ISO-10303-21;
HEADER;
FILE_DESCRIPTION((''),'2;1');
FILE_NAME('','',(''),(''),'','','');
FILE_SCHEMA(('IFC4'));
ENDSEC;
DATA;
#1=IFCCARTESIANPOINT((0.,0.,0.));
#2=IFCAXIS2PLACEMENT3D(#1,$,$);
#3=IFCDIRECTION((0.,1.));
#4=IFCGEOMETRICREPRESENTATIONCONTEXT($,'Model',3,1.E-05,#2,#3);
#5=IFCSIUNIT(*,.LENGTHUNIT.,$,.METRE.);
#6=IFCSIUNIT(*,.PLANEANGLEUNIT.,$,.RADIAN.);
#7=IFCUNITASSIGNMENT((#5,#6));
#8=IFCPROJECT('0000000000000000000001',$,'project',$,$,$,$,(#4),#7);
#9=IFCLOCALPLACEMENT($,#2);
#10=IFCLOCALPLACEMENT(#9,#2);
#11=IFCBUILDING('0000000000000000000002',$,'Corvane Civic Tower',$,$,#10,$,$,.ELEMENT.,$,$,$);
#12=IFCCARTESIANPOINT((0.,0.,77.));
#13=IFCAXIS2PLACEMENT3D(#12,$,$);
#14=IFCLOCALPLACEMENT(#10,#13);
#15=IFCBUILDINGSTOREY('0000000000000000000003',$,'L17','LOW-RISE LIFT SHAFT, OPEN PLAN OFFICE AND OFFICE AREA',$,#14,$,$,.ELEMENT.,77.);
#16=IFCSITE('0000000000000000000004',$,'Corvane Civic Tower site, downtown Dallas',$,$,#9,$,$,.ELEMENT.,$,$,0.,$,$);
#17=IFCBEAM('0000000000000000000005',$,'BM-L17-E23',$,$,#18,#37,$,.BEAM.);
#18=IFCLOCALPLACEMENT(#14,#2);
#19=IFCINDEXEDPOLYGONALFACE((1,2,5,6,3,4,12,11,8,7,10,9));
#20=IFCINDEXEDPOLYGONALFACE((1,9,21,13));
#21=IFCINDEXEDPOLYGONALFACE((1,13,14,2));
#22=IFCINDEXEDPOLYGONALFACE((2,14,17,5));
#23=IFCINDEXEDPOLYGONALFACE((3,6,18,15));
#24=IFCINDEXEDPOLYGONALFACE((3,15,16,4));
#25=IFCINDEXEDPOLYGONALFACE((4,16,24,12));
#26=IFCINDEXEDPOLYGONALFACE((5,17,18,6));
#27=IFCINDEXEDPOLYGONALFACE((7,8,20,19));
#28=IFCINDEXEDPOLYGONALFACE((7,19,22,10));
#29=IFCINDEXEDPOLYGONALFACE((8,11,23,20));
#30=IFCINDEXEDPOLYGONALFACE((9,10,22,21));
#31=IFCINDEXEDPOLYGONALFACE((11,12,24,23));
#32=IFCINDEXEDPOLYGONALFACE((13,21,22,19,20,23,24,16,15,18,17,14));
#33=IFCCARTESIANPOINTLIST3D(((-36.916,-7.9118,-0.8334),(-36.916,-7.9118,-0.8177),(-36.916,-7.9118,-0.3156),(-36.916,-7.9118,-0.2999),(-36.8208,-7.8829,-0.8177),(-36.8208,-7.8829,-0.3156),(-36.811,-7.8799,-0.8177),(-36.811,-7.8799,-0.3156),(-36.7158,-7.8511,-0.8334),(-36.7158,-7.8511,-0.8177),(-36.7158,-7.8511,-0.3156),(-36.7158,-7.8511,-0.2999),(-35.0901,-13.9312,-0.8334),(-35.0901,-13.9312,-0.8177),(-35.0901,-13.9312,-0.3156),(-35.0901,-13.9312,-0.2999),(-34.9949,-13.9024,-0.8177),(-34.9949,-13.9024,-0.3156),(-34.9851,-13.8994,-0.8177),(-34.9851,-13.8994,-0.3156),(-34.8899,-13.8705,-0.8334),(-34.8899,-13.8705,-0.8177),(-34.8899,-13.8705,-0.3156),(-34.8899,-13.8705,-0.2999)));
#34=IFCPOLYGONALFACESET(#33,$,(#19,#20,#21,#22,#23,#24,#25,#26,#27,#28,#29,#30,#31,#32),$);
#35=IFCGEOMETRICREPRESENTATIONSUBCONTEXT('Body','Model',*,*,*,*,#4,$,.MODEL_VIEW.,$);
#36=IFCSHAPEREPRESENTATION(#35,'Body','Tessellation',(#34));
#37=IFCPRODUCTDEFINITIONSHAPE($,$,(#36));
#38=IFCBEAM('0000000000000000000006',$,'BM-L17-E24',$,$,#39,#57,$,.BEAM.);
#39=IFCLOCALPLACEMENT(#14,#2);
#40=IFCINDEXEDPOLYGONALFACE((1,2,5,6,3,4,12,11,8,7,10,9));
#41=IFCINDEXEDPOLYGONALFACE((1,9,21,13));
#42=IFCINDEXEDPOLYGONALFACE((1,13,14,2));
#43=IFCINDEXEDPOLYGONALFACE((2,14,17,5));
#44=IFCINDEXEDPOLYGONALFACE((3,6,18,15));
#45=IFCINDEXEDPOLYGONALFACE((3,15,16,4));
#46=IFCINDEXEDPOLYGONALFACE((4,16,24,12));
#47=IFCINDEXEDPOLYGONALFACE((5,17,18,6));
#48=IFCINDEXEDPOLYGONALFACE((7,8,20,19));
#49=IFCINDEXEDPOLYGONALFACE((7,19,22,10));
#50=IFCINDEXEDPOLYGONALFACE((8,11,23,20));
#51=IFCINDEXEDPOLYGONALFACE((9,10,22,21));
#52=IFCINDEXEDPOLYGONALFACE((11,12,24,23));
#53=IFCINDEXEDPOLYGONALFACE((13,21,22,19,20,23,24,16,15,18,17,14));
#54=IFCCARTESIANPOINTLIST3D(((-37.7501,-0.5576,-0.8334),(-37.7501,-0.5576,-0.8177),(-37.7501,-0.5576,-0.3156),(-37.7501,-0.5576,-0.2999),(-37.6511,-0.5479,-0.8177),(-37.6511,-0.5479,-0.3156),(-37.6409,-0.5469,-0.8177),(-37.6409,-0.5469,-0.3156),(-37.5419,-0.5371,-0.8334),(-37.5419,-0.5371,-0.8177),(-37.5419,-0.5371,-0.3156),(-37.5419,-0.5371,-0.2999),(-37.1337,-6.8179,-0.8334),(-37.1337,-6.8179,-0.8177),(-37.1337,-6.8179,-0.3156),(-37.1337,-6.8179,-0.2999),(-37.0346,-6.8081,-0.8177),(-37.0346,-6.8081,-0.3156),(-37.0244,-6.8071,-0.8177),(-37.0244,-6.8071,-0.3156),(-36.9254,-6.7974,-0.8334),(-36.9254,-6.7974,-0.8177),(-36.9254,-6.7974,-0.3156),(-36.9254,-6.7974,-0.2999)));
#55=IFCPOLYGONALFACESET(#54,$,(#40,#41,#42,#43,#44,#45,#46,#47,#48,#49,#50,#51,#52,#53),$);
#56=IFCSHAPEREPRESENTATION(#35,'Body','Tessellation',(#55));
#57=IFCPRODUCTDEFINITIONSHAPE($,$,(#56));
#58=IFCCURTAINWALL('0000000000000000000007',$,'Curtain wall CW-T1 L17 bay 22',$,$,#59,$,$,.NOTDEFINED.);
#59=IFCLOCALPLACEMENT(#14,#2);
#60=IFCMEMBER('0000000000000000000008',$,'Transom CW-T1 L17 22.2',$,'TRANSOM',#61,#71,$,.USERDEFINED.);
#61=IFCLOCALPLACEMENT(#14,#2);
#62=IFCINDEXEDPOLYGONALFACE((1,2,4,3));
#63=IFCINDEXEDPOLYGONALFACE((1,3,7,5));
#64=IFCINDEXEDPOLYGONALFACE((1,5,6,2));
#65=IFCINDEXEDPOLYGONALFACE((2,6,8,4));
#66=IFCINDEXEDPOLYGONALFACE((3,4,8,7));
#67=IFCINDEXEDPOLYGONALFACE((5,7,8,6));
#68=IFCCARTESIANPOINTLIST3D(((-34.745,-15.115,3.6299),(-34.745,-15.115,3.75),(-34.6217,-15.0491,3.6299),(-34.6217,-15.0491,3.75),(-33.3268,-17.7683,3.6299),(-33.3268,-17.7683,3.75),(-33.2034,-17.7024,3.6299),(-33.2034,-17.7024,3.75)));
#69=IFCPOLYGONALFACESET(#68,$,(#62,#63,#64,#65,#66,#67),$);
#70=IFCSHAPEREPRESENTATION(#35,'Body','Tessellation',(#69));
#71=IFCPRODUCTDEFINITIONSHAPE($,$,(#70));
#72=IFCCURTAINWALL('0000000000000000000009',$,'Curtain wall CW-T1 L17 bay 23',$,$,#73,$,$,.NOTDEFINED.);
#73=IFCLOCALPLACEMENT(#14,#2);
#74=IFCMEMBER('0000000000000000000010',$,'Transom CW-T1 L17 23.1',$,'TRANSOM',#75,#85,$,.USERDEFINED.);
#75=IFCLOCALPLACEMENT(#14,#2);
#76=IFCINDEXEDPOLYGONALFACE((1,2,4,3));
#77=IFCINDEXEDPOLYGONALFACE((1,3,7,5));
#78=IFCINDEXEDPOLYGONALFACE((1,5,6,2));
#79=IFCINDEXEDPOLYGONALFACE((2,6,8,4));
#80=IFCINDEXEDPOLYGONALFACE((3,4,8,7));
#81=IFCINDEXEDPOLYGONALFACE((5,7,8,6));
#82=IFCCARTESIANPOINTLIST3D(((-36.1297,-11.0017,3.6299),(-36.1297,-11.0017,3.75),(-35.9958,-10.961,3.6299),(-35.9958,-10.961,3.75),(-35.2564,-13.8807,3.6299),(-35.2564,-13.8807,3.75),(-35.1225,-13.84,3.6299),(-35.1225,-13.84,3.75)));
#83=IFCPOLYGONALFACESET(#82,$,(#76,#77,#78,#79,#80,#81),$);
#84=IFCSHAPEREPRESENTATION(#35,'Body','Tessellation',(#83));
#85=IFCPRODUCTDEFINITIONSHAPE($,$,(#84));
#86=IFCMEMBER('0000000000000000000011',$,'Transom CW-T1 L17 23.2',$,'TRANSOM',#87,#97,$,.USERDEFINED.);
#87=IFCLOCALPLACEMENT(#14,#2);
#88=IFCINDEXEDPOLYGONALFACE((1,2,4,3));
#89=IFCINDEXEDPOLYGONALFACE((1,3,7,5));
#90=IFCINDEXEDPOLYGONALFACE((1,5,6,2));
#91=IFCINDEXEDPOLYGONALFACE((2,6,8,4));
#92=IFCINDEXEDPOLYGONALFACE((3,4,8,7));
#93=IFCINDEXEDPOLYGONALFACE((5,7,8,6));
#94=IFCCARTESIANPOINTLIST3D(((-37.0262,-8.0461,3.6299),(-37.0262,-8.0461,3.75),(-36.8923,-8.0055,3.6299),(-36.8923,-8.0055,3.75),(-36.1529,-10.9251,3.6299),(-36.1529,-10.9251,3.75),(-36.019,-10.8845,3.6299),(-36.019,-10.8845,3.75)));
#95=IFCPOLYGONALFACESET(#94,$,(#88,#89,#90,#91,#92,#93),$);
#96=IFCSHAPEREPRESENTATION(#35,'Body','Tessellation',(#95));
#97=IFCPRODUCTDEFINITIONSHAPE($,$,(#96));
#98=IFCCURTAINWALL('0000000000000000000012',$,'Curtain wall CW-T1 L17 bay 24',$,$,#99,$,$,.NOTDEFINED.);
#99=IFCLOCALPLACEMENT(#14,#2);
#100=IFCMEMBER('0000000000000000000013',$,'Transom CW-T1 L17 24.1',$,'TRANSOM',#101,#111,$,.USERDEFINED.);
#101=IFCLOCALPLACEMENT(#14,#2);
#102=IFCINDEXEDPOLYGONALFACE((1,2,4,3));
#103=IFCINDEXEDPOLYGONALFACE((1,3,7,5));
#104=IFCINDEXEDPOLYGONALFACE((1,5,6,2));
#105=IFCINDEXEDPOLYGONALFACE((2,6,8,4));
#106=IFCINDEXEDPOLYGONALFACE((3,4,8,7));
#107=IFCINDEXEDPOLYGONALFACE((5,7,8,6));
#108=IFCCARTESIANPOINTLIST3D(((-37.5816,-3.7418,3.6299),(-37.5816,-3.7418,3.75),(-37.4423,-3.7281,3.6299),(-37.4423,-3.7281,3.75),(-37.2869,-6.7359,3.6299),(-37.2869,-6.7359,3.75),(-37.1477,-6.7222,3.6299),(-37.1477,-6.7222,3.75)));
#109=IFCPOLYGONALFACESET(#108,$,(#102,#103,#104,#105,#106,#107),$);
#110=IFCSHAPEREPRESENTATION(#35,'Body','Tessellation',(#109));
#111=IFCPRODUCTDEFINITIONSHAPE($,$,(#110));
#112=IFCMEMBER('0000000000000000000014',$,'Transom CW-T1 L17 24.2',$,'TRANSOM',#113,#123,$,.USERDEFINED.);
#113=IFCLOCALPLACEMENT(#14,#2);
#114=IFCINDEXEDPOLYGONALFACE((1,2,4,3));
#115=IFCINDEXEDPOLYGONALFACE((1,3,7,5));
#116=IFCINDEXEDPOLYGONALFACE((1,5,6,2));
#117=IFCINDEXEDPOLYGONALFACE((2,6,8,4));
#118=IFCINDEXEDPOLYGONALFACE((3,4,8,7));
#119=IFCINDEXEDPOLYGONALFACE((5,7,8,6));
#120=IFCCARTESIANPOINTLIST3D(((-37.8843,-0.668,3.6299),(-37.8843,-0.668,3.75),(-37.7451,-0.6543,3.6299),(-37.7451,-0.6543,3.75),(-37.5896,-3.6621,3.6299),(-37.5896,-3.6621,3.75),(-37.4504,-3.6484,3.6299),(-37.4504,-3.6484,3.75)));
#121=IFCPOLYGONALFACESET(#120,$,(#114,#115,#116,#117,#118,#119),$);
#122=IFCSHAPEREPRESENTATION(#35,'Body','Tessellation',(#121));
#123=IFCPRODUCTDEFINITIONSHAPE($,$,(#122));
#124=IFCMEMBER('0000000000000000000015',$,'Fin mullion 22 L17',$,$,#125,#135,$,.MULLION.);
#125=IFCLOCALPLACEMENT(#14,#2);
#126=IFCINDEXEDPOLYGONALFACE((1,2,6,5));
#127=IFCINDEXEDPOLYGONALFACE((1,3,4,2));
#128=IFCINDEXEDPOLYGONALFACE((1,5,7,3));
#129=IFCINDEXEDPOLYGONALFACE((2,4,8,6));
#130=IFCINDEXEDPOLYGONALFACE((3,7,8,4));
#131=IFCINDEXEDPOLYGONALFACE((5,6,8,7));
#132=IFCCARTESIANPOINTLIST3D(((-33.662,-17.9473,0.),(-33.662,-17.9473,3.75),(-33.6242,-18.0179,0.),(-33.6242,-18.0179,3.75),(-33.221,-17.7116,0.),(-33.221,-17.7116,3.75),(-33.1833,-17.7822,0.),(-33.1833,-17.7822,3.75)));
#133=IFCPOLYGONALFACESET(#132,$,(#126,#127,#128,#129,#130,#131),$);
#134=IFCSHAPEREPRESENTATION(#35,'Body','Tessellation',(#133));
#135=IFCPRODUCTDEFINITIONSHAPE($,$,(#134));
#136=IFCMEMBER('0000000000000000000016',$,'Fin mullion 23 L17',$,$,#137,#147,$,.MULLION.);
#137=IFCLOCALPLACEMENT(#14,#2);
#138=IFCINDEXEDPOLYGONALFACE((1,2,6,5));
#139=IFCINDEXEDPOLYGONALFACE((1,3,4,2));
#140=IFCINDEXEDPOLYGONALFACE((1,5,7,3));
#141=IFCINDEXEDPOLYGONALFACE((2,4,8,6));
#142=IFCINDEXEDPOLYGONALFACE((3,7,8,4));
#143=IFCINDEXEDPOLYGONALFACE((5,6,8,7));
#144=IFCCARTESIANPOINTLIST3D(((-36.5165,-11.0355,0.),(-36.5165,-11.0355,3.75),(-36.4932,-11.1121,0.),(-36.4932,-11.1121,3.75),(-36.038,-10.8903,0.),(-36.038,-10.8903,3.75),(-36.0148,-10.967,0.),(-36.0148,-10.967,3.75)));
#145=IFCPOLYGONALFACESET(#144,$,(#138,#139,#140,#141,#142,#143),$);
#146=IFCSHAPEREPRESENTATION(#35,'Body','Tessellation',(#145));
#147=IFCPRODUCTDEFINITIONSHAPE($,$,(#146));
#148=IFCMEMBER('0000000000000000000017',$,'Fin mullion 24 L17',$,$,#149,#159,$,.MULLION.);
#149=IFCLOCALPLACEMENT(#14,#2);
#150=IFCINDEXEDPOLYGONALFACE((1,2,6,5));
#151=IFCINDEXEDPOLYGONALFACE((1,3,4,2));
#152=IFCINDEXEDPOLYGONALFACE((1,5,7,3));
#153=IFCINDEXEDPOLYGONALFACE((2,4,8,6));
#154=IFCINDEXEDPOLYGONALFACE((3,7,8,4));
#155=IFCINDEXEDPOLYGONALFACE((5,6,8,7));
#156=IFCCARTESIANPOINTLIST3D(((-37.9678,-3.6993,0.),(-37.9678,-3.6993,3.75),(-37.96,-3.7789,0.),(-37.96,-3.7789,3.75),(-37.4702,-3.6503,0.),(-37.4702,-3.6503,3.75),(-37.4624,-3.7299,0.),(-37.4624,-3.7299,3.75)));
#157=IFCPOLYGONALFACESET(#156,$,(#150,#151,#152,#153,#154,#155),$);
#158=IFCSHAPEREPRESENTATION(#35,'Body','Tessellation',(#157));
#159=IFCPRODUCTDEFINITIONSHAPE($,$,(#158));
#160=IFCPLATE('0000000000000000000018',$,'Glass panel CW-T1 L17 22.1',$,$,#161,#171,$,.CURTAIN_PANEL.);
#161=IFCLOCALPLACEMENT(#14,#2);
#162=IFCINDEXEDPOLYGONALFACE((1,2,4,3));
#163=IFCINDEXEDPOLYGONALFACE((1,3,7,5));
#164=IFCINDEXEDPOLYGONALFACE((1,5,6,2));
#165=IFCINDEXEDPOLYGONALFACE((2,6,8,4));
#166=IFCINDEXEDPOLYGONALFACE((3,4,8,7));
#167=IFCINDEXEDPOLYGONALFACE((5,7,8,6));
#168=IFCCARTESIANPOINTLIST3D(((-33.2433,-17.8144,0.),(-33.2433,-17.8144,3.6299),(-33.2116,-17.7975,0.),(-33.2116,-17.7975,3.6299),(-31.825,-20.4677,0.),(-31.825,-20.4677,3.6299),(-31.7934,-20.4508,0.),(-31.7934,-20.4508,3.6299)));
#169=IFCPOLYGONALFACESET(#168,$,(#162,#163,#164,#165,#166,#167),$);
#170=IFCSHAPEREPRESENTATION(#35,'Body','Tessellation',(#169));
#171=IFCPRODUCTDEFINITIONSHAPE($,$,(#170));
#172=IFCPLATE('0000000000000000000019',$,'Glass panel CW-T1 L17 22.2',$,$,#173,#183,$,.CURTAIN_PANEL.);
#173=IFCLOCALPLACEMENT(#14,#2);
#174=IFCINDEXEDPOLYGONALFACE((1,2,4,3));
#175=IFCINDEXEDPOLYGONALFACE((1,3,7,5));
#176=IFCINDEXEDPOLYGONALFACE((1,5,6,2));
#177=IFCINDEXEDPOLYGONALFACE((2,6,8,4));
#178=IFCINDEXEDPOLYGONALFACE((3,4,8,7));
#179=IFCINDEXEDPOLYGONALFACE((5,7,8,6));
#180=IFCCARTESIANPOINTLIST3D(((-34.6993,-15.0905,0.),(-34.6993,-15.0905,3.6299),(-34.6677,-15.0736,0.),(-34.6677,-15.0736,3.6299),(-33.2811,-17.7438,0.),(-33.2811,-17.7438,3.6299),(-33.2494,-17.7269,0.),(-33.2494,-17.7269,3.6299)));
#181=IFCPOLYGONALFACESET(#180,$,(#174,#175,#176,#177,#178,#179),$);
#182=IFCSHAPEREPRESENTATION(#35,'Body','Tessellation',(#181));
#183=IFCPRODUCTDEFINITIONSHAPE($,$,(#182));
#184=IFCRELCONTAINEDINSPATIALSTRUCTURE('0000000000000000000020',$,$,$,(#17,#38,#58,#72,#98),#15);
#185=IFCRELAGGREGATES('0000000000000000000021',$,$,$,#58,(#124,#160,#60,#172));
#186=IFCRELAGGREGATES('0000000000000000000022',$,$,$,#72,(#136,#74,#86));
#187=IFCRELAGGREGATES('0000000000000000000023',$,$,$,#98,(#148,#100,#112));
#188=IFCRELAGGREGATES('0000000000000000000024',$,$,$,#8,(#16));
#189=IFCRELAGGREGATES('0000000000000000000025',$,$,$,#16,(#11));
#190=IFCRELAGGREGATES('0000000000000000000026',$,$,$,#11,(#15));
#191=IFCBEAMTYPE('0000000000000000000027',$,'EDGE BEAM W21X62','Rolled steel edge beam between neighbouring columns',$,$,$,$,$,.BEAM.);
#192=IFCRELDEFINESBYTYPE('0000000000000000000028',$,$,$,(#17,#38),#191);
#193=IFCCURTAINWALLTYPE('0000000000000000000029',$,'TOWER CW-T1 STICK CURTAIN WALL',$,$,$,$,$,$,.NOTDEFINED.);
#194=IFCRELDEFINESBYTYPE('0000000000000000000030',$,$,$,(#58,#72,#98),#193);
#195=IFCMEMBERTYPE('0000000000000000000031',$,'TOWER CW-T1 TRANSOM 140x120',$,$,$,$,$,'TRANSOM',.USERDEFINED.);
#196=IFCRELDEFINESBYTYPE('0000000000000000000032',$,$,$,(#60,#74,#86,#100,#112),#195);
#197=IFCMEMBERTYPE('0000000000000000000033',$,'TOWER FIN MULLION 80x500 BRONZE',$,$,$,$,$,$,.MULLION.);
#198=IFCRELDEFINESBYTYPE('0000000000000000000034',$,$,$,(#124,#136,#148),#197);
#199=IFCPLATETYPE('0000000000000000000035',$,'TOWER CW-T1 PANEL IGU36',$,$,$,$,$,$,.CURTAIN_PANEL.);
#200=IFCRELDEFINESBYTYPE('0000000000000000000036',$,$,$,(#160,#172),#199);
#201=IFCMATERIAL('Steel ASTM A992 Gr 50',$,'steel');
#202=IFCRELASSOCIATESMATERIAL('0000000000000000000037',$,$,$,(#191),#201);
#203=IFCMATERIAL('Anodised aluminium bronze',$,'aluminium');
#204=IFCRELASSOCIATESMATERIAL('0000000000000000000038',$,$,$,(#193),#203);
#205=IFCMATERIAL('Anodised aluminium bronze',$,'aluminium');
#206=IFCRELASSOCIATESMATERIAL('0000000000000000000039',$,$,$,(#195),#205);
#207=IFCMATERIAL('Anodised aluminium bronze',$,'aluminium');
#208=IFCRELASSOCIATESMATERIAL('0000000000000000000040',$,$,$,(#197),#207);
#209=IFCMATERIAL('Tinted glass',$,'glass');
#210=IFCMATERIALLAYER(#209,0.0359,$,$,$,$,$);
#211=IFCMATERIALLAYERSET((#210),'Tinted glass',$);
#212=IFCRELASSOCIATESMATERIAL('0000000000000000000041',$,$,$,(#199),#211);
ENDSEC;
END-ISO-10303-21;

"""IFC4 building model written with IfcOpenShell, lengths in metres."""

from ifc_helpers import new_model, si_unit, direction, frame, origin, origin_2d, place, context, subcontext, project, spatial, rectangle, i_section, extrude, material, layer, layer_set, material_profile, profile_set, type_object, element, aggregate, save


model = new_model("IFC4")

# Units and contexts
model_context = context("Model", 3, precision=1e-05, world=origin(), true_north=direction((0.0, 1.0)))
body_context = subcontext(model_context, "Body", "Model", "MODEL_VIEW")
ifc_project = project(units=[si_unit("LENGTHUNIT", "METRE"), si_unit("PLANEANGLEUNIT", "RADIAN")], contexts=[model_context])

# Site, building, storey
site_placement = place(None, origin())
site = spatial("IfcSite", under=ifc_project, at=site_placement, Name="Corvane Civic Tower site, downtown Dallas", CompositionType="ELEMENT", RefElevation=0.0)
building_placement = place(site_placement, origin())
building = spatial("IfcBuilding", under=site, at=building_placement, Name="Corvane Civic Tower", CompositionType="ELEMENT")
storey_placement = place(building_placement, frame((0.0, 0.0, 77.0)))
storey = spatial("IfcBuildingStorey", under=building, at=storey_placement, Name="L17", Description="LOW-RISE LIFT SHAFT, OPEN PLAN OFFICE AND OFFICE AREA", CompositionType="ELEMENT", Elevation=77.0)

# Beams
ifc_material_1 = material(Name="Steel ASTM A992 Gr 50", Category="steel")
ifc_material_profile_1 = material_profile(ifc_material_1, i_section(OverallWidth=0.2092, OverallDepth=0.5334, WebThickness=0.0103, FlangeThickness=0.0156, at=origin_2d()), Name="W21X62")
ifc_profile_set_1 = profile_set([ifc_material_profile_1], Name="Steel ASTM A992 Gr 50")
beam_type = type_object("IfcBeamType", Name="EDGE BEAM W21X62", Description="Rolled steel edge beam between neighbouring columns", PredefinedType="BEAM", material=ifc_profile_set_1)
beam_1_placement = place(storey_placement, frame((-34.99, -13.9009, -0.5667), z_axis=(-0.290273, 0.956944, 0.0), x_axis=(-0.956944, -0.290273, 0.0)))
element("IfcBeam", 1, at=beam_1_placement, inside=storey, type_object=beam_type, Name="BM-L17-E23", PredefinedType="BEAM", context=body_context, shape_type="SweptSolid", body=[
    extrude(i_section(OverallWidth=0.2092, OverallDepth=0.5334, WebThickness=0.0103, FlangeThickness=0.0156, at=origin_2d()), origin(), (0.0, 0.0, 1.0), 6.2903),
])
beam_2_placement = place(storey_placement, frame((-37.0295, -6.8076, -0.5667), z_axis=(-0.097997, 0.995187, 0.0), x_axis=(-0.995187, -0.097997, 0.0)))
element("IfcBeam", 2, at=beam_2_placement, inside=storey, type_object=beam_type, Name="BM-L17-E24", PredefinedType="BEAM", context=body_context, shape_type="SweptSolid", body=[
    extrude(i_section(OverallWidth=0.2092, OverallDepth=0.5334, WebThickness=0.0103, FlangeThickness=0.0156, at=origin_2d()), origin(), (0.0, 0.0, 1.0), 6.2905),
])

# Curtain wall, member
ifc_material_2 = material(Name="Anodised aluminium bronze", Category="aluminium")
curtain_wall_type = type_object("IfcCurtainWallType", Name="TOWER CW-T1 STICK CURTAIN WALL", PredefinedType="NOTDEFINED", material=ifc_material_2)
curtain_wall_1_placement = place(storey_placement, origin())
curtain_wall_1 = element("IfcCurtainWall", 3, at=curtain_wall_1_placement, inside=storey, type_object=curtain_wall_type, Name="Curtain wall CW-T1 L17 bay 22", PredefinedType="NOTDEFINED")
ifc_material_3 = material(Name="Anodised aluminium bronze", Category="aluminium")
ifc_material_profile_2 = material_profile(ifc_material_3, rectangle(XDim=0.1399, YDim=0.1201, at=origin_2d()), Name="TOWER CW-T1 TRANSOM 140x120")
ifc_profile_set_2 = profile_set([ifc_material_profile_2], Name="Anodised aluminium bronze")
member_type_1 = type_object("IfcMemberType", Name="TOWER CW-T1 TRANSOM 140x120", ElementType="TRANSOM", PredefinedType="USERDEFINED", material=ifc_profile_set_2)
member_1_placement = place(storey_placement, frame((-33.2651, -17.7354, 3.6899), z_axis=(-0.471393, 0.881924, 0.0), x_axis=(-0.881924, -0.471393, 0.0)))
member_1 = element("IfcMember", 4, at=member_1_placement, type_object=member_type_1, Name="Transom CW-T1 L17 22.2", ObjectType="TRANSOM", PredefinedType="USERDEFINED", context=body_context, shape_type="SweptSolid", body=[
    extrude(rectangle(XDim=0.1399, YDim=0.1201, at=origin_2d()), origin(), (0.0, 0.0, 1.0), 3.0085),
])

# Curtain walls, members
curtain_wall_2_placement = place(storey_placement, origin())
curtain_wall_2 = element("IfcCurtainWall", 5, at=curtain_wall_2_placement, inside=storey, type_object=curtain_wall_type, Name="Curtain wall CW-T1 L17 bay 23", PredefinedType="NOTDEFINED")
member_2_placement = place(storey_placement, frame((-35.1895, -13.8604, 3.6899), z_axis=(-0.29028, 0.956942, 0.0), x_axis=(-0.956942, -0.29028, 0.0)))
member_2 = element("IfcMember", 6, at=member_2_placement, type_object=member_type_1, Name="Transom CW-T1 L17 23.1", ObjectType="TRANSOM", PredefinedType="USERDEFINED", context=body_context, shape_type="SweptSolid", body=[
    extrude(rectangle(XDim=0.1399, YDim=0.1201, at=origin_2d()), origin(), (0.0, 0.0, 1.0), 3.0085),
])
member_3_placement = place(storey_placement, frame((-36.0859, -10.9048, 3.6899), z_axis=(-0.29028, 0.956942, 0.0), x_axis=(-0.956942, -0.29028, 0.0)))
member_3 = element("IfcMember", 7, at=member_3_placement, type_object=member_type_1, Name="Transom CW-T1 L17 23.2", ObjectType="TRANSOM", PredefinedType="USERDEFINED", context=body_context, shape_type="SweptSolid", body=[
    extrude(rectangle(XDim=0.1399, YDim=0.1201, at=origin_2d()), origin(), (0.0, 0.0, 1.0), 3.0085),
])
curtain_wall_3_placement = place(storey_placement, origin())
curtain_wall_3 = element("IfcCurtainWall", 8, at=curtain_wall_3_placement, inside=storey, type_object=curtain_wall_type, Name="Curtain wall CW-T1 L17 bay 24", PredefinedType="NOTDEFINED")
member_4_placement = place(storey_placement, frame((-37.2173, -6.729, 3.6899), z_axis=(-0.097945, 0.995192, 0.0), x_axis=(-0.995192, -0.097945, 0.0)))
member_4 = element("IfcMember", 9, at=member_4_placement, type_object=member_type_1, Name="Transom CW-T1 L17 24.1", ObjectType="TRANSOM", PredefinedType="USERDEFINED", context=body_context, shape_type="SweptSolid", body=[
    extrude(rectangle(XDim=0.1399, YDim=0.1201, at=origin_2d()), origin(), (0.0, 0.0, 1.0), 3.0085),
])
member_5_placement = place(storey_placement, frame((-37.52, -3.6553, 3.6899), z_axis=(-0.097945, 0.995192, 0.0), x_axis=(-0.995192, -0.097945, 0.0)))
member_5 = element("IfcMember", 10, at=member_5_placement, type_object=member_type_1, Name="Transom CW-T1 L17 24.2", ObjectType="TRANSOM", PredefinedType="USERDEFINED", context=body_context, shape_type="SweptSolid", body=[
    extrude(rectangle(XDim=0.1399, YDim=0.1201, at=origin_2d()), origin(), (0.0, 0.0, 1.0), 3.0085),
])

# Members
ifc_material_4 = material(Name="Anodised aluminium bronze", Category="aluminium")
ifc_material_profile_3 = material_profile(ifc_material_4, rectangle(XDim=0.0801, YDim=0.5, at=origin_2d()), Name="TOWER FIN MULLION 80x500 BRONZE")
ifc_profile_set_3 = profile_set([ifc_material_profile_3], Name="Anodised aluminium bronze")
member_type_2 = type_object("IfcMemberType", Name="TOWER FIN MULLION 80x500 BRONZE", PredefinedType="MULLION", material=ifc_profile_set_3)
member_6_placement = place(storey_placement, frame((-33.4226, -17.8647, 0.0), z_axis=(0.0, 0.0, 1.0), x_axis=(-0.471404, 0.881918, 0.0)))
member_6 = element("IfcMember", 11, at=member_6_placement, type_object=member_type_2, Name="Fin mullion 22 L17", PredefinedType="MULLION", context=body_context, shape_type="SweptSolid", body=[
    extrude(rectangle(XDim=0.0801, YDim=0.5, at=origin_2d()), origin(), (0.0, 0.0, 1.0), 3.75),
])
member_7_placement = place(storey_placement, frame((-36.2656, -11.0012, 0.0), z_axis=(0.0, 0.0, 1.0), x_axis=(-0.290278, 0.956942, 0.0)))
member_7 = element("IfcMember", 12, at=member_7_placement, type_object=member_type_2, Name="Fin mullion 23 L17", PredefinedType="MULLION", context=body_context, shape_type="SweptSolid", body=[
    extrude(rectangle(XDim=0.0801, YDim=0.5, at=origin_2d()), origin(), (0.0, 0.0, 1.0), 3.75),
])
member_8_placement = place(storey_placement, frame((-37.7151, -3.7146, 0.0), z_axis=(0.0, 0.0, 1.0), x_axis=(-0.098006, 0.995186, 0.0)))
member_8 = element("IfcMember", 13, at=member_8_placement, type_object=member_type_2, Name="Fin mullion 24 L17", PredefinedType="MULLION", context=body_context, shape_type="SweptSolid", body=[
    extrude(rectangle(XDim=0.0801, YDim=0.5, at=origin_2d()), origin(), (0.0, 0.0, 1.0), 3.75),
])

# Plates
ifc_material_5 = material(Name="Tinted glass", Category="glass")
ifc_layer_1 = layer(ifc_material_5, 0.0359)
ifc_layer_set_1 = layer_set([ifc_layer_1], Name="Tinted glass")
plate_type = type_object("IfcPlateType", Name="TOWER CW-T1 PANEL IGU36", PredefinedType="CURTAIN_PANEL", material=ifc_layer_set_1)
plate_1_placement = place(storey_placement, frame((-32.5183, -19.1326, 0.0), z_axis=(0.0, 0.0, 1.0), x_axis=(-0.471404, 0.881918, 0.0)))
plate_1 = element("IfcPlate", 14, at=plate_1_placement, type_object=plate_type, Name="Glass panel CW-T1 L17 22.1", PredefinedType="CURTAIN_PANEL", context=body_context, shape_type="SweptSolid", body=[
    extrude(rectangle(XDim=3.0085, YDim=0.0359, at=origin_2d()), origin(), (0.0, 0.0, 1.0), 3.6299),
])
plate_2_placement = place(storey_placement, frame((-33.9744, -16.4087, 0.0), z_axis=(0.0, 0.0, 1.0), x_axis=(-0.471404, 0.881918, 0.0)))
plate_2 = element("IfcPlate", 15, at=plate_2_placement, type_object=plate_type, Name="Glass panel CW-T1 L17 22.2", PredefinedType="CURTAIN_PANEL", context=body_context, shape_type="SweptSolid", body=[
    extrude(rectangle(XDim=3.0085, YDim=0.0359, at=origin_2d()), origin(), (0.0, 0.0, 1.0), 3.6299),
])
aggregate(curtain_wall_1, [member_6, plate_1, member_1, plate_2])
aggregate(curtain_wall_2, [member_7, member_2, member_3])
aggregate(curtain_wall_3, [member_8, member_4, member_5])

save(model, "model.ifc")
